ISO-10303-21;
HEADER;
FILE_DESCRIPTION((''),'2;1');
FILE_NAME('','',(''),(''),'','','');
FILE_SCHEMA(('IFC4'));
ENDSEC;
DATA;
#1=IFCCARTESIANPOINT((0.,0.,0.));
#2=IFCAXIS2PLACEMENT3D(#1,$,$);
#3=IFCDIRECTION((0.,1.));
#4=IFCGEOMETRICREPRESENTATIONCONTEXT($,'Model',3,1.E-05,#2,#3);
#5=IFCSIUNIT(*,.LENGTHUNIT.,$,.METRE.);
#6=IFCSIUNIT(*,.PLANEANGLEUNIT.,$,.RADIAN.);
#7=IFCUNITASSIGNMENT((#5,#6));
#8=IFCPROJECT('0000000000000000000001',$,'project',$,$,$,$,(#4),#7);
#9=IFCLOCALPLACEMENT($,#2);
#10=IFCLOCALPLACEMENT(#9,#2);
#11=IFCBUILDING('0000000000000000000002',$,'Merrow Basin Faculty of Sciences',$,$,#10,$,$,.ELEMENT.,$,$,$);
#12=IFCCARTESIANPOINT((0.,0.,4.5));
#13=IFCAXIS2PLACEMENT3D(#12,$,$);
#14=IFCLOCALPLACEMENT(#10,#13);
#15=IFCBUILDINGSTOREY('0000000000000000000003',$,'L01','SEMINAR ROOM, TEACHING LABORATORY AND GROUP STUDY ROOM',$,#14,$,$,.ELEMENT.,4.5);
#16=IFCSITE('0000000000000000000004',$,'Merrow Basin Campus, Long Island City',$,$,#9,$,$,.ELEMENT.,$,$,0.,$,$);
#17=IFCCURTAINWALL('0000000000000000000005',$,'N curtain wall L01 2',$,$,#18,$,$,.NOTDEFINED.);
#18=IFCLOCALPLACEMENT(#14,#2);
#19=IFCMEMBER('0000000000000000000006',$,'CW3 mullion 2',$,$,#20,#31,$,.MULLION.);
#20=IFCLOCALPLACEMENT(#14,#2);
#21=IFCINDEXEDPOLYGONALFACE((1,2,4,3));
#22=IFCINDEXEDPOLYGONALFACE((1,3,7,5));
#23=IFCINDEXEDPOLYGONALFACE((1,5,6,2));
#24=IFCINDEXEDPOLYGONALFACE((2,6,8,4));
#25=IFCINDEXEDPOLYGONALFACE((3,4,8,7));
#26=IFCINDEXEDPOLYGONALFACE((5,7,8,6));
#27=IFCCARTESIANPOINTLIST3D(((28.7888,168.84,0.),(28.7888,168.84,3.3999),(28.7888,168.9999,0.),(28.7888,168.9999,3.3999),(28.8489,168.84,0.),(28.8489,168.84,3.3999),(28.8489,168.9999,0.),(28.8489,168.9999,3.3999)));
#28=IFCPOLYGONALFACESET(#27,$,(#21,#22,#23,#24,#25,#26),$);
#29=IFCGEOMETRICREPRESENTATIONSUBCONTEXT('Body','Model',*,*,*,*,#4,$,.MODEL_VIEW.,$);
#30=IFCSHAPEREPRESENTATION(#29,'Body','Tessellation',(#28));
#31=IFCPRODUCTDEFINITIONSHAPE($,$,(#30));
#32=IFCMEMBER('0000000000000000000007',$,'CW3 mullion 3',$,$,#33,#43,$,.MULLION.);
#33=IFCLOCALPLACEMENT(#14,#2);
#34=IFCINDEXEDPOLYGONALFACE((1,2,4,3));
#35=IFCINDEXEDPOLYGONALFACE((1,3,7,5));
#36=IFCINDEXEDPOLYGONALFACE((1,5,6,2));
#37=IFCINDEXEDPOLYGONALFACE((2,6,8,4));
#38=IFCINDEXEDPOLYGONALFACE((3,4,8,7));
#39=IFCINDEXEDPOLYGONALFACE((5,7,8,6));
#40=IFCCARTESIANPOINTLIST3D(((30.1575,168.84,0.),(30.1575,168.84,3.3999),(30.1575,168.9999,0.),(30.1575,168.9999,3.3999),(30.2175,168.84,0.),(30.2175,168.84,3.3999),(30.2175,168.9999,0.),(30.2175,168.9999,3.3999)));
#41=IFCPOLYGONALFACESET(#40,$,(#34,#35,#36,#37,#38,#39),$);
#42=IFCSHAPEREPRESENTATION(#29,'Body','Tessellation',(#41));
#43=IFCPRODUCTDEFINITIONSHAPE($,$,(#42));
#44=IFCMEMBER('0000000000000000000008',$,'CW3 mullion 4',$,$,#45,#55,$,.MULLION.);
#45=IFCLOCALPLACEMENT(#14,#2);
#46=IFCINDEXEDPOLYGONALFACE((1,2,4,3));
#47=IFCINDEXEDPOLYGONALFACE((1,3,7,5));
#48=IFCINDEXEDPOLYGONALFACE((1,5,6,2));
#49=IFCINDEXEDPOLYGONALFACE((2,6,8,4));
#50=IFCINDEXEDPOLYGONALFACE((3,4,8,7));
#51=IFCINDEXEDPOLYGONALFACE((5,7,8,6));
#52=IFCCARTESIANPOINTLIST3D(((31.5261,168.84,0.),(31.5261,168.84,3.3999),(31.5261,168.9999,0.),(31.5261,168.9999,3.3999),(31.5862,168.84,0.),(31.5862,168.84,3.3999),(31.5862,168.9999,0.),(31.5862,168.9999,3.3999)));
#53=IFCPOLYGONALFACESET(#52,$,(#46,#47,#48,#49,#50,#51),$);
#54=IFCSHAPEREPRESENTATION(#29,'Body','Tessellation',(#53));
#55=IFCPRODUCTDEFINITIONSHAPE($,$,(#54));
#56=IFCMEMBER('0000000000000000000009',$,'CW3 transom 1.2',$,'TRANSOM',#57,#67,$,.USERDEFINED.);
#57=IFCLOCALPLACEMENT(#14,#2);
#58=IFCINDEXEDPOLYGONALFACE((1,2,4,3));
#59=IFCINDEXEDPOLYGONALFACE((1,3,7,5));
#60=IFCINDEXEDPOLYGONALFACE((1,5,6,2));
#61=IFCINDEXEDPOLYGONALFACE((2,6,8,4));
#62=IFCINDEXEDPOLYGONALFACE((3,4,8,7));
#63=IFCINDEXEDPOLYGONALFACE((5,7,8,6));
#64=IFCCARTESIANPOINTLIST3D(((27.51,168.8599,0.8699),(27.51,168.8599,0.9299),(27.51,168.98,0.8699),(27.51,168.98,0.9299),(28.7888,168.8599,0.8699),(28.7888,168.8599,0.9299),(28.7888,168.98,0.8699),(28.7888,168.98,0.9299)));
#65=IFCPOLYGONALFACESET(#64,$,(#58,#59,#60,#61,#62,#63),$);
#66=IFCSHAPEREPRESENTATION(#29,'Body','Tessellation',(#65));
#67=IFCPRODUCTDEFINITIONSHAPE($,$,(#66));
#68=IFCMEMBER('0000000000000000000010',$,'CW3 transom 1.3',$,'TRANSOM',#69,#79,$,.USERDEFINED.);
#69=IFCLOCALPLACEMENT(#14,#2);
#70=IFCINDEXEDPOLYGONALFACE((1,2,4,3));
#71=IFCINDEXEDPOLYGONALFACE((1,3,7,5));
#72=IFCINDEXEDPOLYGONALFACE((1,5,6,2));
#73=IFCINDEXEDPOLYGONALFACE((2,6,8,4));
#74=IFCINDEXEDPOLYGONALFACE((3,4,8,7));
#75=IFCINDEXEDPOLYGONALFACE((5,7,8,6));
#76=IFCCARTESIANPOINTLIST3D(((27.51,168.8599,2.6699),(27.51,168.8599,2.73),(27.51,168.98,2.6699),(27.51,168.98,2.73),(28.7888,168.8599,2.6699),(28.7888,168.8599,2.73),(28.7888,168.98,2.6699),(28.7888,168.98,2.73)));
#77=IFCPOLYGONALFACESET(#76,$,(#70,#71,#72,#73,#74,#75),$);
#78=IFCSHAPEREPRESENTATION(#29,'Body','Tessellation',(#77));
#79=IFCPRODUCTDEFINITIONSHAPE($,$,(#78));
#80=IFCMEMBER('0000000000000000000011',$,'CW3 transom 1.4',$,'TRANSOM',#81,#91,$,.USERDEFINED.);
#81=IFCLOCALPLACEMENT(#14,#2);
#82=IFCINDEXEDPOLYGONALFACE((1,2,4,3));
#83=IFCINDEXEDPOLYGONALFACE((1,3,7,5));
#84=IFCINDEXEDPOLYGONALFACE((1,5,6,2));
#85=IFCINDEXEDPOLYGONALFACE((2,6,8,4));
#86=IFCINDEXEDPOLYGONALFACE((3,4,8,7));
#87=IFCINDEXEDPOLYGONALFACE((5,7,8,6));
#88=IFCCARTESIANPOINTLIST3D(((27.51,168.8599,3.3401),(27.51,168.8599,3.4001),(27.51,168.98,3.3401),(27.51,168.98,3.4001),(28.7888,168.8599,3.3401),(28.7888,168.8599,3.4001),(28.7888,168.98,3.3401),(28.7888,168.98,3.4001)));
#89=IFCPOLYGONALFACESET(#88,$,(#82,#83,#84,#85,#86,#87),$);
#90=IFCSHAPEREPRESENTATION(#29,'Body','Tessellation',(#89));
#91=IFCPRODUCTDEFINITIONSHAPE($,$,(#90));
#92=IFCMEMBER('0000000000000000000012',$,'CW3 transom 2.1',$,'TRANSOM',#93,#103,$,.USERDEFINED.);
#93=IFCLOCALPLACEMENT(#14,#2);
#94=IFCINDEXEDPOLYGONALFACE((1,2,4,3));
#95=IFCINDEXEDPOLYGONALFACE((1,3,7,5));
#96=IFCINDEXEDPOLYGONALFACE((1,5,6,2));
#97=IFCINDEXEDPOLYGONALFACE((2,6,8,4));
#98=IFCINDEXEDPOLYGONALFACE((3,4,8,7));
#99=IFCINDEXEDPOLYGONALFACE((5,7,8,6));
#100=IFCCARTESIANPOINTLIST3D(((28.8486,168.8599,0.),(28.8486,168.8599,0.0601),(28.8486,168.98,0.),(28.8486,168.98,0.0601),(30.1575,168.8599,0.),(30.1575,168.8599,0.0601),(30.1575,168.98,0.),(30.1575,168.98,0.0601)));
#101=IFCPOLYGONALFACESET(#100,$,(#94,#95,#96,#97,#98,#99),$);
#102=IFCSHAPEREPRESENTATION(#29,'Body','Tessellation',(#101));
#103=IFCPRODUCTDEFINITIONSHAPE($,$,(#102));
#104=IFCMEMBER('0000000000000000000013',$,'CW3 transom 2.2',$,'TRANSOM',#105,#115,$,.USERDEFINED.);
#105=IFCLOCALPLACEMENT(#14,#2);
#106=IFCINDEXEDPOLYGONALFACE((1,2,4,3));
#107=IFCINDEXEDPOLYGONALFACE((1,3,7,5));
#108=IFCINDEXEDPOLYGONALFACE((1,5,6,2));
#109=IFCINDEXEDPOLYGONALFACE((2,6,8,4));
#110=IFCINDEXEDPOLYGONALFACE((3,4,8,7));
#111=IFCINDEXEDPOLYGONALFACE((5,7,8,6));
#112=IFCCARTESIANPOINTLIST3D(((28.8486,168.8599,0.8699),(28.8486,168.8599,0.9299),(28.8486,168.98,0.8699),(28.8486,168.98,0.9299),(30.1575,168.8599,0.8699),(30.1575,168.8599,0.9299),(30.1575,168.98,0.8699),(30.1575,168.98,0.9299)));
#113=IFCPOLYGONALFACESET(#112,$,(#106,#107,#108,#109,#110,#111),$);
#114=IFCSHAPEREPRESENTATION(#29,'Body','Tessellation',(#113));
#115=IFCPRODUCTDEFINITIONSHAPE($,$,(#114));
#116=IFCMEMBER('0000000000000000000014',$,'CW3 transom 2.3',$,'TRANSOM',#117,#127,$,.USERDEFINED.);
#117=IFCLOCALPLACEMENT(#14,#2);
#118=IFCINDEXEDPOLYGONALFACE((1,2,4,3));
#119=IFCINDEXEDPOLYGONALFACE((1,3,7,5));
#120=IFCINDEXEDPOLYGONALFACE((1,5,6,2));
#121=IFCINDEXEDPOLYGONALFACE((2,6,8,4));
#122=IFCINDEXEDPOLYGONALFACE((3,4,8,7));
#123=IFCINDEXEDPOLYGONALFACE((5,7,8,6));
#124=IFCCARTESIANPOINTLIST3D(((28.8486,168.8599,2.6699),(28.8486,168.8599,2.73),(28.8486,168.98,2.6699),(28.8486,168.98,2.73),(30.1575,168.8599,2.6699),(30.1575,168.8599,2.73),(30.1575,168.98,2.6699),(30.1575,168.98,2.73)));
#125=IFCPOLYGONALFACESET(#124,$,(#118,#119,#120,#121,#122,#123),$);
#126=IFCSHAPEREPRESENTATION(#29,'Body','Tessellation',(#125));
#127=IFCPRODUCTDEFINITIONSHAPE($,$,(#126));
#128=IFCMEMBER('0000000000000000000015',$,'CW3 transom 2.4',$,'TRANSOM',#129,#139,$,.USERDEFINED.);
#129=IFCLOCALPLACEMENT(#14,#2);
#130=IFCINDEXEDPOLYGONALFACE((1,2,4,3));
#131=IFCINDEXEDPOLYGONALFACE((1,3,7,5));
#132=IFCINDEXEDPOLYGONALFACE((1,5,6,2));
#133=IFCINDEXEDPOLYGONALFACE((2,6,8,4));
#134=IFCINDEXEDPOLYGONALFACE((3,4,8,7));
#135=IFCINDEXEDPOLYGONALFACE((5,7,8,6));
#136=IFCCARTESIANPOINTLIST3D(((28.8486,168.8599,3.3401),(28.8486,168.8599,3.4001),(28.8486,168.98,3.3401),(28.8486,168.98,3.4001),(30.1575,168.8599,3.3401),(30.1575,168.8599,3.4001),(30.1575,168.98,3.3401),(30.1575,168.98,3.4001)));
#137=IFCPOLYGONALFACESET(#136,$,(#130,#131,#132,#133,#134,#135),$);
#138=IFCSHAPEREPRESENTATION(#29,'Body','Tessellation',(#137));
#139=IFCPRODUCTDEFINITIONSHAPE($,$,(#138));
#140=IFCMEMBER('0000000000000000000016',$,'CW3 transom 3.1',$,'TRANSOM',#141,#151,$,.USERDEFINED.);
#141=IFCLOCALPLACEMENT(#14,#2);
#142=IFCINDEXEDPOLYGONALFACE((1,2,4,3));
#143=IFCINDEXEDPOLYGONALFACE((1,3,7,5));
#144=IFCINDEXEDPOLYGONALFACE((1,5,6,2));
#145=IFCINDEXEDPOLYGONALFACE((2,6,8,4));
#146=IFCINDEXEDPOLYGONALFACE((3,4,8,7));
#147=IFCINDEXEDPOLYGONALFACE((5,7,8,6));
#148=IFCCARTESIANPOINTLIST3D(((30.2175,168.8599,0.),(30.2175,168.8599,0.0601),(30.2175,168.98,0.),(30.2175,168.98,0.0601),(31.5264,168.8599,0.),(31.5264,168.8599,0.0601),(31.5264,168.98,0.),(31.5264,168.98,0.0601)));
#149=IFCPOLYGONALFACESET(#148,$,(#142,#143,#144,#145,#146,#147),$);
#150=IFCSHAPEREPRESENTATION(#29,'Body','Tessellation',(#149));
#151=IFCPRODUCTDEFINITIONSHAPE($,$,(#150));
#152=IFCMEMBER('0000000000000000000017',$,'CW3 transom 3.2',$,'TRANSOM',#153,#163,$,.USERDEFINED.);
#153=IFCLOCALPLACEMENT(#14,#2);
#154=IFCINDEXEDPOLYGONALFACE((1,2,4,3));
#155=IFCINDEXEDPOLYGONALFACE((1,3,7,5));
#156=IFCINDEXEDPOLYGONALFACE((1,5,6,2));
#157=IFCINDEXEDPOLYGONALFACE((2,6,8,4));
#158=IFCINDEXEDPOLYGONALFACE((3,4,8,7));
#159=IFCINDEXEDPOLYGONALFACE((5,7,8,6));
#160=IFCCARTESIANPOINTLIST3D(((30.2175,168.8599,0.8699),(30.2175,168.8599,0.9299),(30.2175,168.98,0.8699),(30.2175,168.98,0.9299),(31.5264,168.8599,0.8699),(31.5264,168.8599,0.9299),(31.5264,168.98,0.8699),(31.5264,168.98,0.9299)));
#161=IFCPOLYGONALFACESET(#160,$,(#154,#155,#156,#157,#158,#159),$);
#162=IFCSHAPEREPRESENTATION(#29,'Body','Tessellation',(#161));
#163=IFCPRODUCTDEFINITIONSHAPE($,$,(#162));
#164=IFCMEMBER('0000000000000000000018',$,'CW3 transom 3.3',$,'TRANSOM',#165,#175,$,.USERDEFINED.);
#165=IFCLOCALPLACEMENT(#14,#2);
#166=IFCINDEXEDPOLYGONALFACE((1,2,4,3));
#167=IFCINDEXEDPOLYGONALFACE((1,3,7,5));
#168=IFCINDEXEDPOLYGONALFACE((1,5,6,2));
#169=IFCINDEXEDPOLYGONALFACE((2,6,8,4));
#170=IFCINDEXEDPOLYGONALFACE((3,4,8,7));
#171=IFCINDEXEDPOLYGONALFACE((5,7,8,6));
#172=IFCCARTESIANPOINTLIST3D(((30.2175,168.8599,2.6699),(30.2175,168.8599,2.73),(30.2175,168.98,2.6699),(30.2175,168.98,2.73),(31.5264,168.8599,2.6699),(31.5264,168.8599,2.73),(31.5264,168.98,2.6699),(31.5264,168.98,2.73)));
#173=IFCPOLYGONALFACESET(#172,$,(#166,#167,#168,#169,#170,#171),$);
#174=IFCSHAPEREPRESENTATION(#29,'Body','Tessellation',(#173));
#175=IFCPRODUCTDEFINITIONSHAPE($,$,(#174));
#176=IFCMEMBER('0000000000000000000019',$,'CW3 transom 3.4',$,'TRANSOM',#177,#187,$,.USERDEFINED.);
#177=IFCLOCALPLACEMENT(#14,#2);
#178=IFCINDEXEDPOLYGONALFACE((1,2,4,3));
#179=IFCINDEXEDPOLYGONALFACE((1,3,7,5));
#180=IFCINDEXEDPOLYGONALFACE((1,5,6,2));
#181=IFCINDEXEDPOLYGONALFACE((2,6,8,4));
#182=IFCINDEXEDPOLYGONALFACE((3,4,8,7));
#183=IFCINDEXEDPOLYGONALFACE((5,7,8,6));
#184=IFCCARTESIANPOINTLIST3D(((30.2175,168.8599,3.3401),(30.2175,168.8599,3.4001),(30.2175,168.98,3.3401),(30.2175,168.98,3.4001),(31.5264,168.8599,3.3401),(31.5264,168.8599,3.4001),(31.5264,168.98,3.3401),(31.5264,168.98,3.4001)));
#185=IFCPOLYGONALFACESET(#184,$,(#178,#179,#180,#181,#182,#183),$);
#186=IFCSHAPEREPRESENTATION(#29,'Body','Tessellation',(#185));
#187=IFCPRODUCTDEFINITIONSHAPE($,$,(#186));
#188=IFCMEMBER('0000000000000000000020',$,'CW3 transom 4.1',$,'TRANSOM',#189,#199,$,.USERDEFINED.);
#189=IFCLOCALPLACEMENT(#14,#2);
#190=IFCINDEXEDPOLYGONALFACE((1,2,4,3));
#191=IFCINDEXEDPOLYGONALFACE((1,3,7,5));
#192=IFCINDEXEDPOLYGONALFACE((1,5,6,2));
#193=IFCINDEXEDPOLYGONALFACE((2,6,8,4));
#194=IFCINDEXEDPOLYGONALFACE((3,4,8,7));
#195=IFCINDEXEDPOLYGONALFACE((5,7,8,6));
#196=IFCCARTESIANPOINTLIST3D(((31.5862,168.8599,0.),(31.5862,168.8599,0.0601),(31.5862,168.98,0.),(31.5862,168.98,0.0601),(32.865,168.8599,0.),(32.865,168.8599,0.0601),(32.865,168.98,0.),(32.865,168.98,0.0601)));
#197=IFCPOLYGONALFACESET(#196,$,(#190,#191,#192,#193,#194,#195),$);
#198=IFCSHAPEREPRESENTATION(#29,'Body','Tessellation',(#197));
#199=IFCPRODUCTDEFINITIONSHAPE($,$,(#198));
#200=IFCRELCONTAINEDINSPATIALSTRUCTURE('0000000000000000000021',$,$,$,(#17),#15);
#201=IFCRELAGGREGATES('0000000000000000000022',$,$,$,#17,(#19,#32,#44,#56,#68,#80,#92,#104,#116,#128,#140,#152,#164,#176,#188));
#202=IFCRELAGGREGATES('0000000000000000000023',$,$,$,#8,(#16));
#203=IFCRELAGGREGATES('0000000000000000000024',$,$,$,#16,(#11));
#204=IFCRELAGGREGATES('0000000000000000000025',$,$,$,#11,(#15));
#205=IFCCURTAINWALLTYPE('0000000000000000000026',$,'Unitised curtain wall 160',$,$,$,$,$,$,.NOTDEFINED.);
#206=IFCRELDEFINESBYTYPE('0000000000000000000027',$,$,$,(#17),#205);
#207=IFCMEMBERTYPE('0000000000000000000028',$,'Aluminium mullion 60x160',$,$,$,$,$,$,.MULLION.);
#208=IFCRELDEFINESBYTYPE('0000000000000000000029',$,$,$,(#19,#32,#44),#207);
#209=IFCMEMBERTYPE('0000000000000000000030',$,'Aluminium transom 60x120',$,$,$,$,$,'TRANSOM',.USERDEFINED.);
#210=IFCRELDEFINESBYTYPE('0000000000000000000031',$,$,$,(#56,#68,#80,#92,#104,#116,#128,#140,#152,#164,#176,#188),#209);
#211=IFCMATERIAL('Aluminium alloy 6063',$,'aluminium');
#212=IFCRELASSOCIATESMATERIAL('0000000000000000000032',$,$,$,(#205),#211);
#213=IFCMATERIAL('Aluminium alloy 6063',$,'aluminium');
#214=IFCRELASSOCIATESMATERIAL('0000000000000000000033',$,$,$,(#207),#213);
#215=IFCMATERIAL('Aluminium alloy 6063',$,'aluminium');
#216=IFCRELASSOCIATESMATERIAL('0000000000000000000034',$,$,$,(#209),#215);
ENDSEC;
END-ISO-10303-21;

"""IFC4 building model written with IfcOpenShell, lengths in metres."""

from ifc_helpers import new_model, si_unit, direction, frame, origin, origin_2d, place, context, subcontext, project, spatial, rectangle, extrude, material, material_profile, profile_set, type_object, element, aggregate, save


model = new_model("IFC4")

# Units and contexts
model_context = context("Model", 3, precision=1e-05, world=origin(), true_north=direction((0.0, 1.0)))
body_context = subcontext(model_context, "Body", "Model", "MODEL_VIEW")
ifc_project = project(units=[si_unit("LENGTHUNIT", "METRE"), si_unit("PLANEANGLEUNIT", "RADIAN")], contexts=[model_context])

# Site, building, storey
site_placement = place(None, origin())
site = spatial("IfcSite", under=ifc_project, at=site_placement, Name="Merrow Basin Campus, Long Island City", CompositionType="ELEMENT", RefElevation=0.0)
building_placement = place(site_placement, origin())
building = spatial("IfcBuilding", under=site, at=building_placement, Name="Merrow Basin Faculty of Sciences", CompositionType="ELEMENT")
storey_placement = place(building_placement, frame((0.0, 0.0, 4.5)))
storey = spatial("IfcBuildingStorey", under=building, at=storey_placement, Name="L01", Description="SEMINAR ROOM, TEACHING LABORATORY AND GROUP STUDY ROOM", CompositionType="ELEMENT", Elevation=4.5)

# Curtain wall, members
ifc_material_1 = material(Name="Aluminium alloy 6063", Category="aluminium")
curtain_wall_type = type_object("IfcCurtainWallType", Name="Unitised curtain wall 160", PredefinedType="NOTDEFINED", material=ifc_material_1)
curtain_wall_placement = place(storey_placement, origin())
curtain_wall = element("IfcCurtainWall", 1, at=curtain_wall_placement, inside=storey, type_object=curtain_wall_type, Name="N curtain wall L01 2", PredefinedType="NOTDEFINED")
ifc_material_2 = material(Name="Aluminium alloy 6063", Category="aluminium")
ifc_material_profile_1 = material_profile(ifc_material_2, rectangle(XDim=0.1599, YDim=0.0601, at=origin_2d()))
ifc_profile_set_1 = profile_set([ifc_material_profile_1], Name="Aluminium alloy 6063")
member_type_1 = type_object("IfcMemberType", Name="Aluminium mullion 60x160", PredefinedType="MULLION", material=ifc_profile_set_1)
member_1_placement = place(storey_placement, frame((28.8188, 168.9199, 0.0), z_axis=(0.0, 0.0, 1.0), x_axis=(0.0, 1.0, 0.0)))
member_1 = element("IfcMember", 2, at=member_1_placement, type_object=member_type_1, Name="CW3 mullion 2", PredefinedType="MULLION", context=body_context, shape_type="SweptSolid", body=[
    extrude(rectangle(XDim=0.1599, YDim=0.0601, at=origin_2d()), origin(), (0.0, 0.0, 1.0), 3.3999),
])
member_2_placement = place(storey_placement, frame((30.1875, 168.9199, 0.0), z_axis=(0.0, 0.0, 1.0), x_axis=(0.0, 1.0, 0.0)))
member_2 = element("IfcMember", 3, at=member_2_placement, type_object=member_type_1, Name="CW3 mullion 3", PredefinedType="MULLION", context=body_context, shape_type="SweptSolid", body=[
    extrude(rectangle(XDim=0.1599, YDim=0.0601, at=origin_2d()), origin(), (0.0, 0.0, 1.0), 3.3999),
])
member_3_placement = place(storey_placement, frame((31.5562, 168.9199, 0.0), z_axis=(0.0, 0.0, 1.0), x_axis=(0.0, 1.0, 0.0)))
member_3 = element("IfcMember", 4, at=member_3_placement, type_object=member_type_1, Name="CW3 mullion 4", PredefinedType="MULLION", context=body_context, shape_type="SweptSolid", body=[
    extrude(rectangle(XDim=0.1599, YDim=0.0601, at=origin_2d()), origin(), (0.0, 0.0, 1.0), 3.3999),
])
ifc_material_3 = material(Name="Aluminium alloy 6063", Category="aluminium")
ifc_material_profile_2 = material_profile(ifc_material_3, rectangle(XDim=0.1201, YDim=0.0601, at=origin_2d()))
ifc_profile_set_2 = profile_set([ifc_material_profile_2], Name="Aluminium alloy 6063")
member_type_2 = type_object("IfcMemberType", Name="Aluminium transom 60x120", ElementType="TRANSOM", PredefinedType="USERDEFINED", material=ifc_profile_set_2)
member_4_placement = place(storey_placement, frame((27.51, 168.9199, 0.8999), z_axis=(1.0, 0.0, 0.0), x_axis=(0.0, 1.0, 0.0)))
member_4 = element("IfcMember", 5, at=member_4_placement, type_object=member_type_2, Name="CW3 transom 1.2", ObjectType="TRANSOM", PredefinedType="USERDEFINED", context=body_context, shape_type="SweptSolid", body=[
    extrude(rectangle(XDim=0.1201, YDim=0.0601, at=origin_2d()), origin(), (0.0, 0.0, 1.0), 1.2788),
])
member_5_placement = place(storey_placement, frame((27.51, 168.9199, 2.7), z_axis=(1.0, 0.0, 0.0), x_axis=(0.0, 1.0, 0.0)))
member_5 = element("IfcMember", 6, at=member_5_placement, type_object=member_type_2, Name="CW3 transom 1.3", ObjectType="TRANSOM", PredefinedType="USERDEFINED", context=body_context, shape_type="SweptSolid", body=[
    extrude(rectangle(XDim=0.1201, YDim=0.0601, at=origin_2d()), origin(), (0.0, 0.0, 1.0), 1.2788),
])
member_6_placement = place(storey_placement, frame((27.51, 168.9199, 3.3701), z_axis=(1.0, 0.0, 0.0), x_axis=(0.0, 1.0, 0.0)))
member_6 = element("IfcMember", 7, at=member_6_placement, type_object=member_type_2, Name="CW3 transom 1.4", ObjectType="TRANSOM", PredefinedType="USERDEFINED", context=body_context, shape_type="SweptSolid", body=[
    extrude(rectangle(XDim=0.1201, YDim=0.0601, at=origin_2d()), origin(), (0.0, 0.0, 1.0), 1.2788),
])
member_7_placement = place(storey_placement, frame((28.8486, 168.9199, 0.03), z_axis=(1.0, 0.0, 0.0), x_axis=(0.0, 1.0, 0.0)))
member_7 = element("IfcMember", 8, at=member_7_placement, type_object=member_type_2, Name="CW3 transom 2.1", ObjectType="TRANSOM", PredefinedType="USERDEFINED", context=body_context, shape_type="SweptSolid", body=[
    extrude(rectangle(XDim=0.1201, YDim=0.0601, at=origin_2d()), origin(), (0.0, 0.0, 1.0), 1.3088),
])
member_8_placement = place(storey_placement, frame((28.8486, 168.9199, 0.8999), z_axis=(1.0, 0.0, 0.0), x_axis=(0.0, 1.0, 0.0)))
member_8 = element("IfcMember", 9, at=member_8_placement, type_object=member_type_2, Name="CW3 transom 2.2", ObjectType="TRANSOM", PredefinedType="USERDEFINED", context=body_context, shape_type="SweptSolid", body=[
    extrude(rectangle(XDim=0.1201, YDim=0.0601, at=origin_2d()), origin(), (0.0, 0.0, 1.0), 1.3088),
])
member_9_placement = place(storey_placement, frame((28.8486, 168.9199, 2.7), z_axis=(1.0, 0.0, 0.0), x_axis=(0.0, 1.0, 0.0)))
member_9 = element("IfcMember", 10, at=member_9_placement, type_object=member_type_2, Name="CW3 transom 2.3", ObjectType="TRANSOM", PredefinedType="USERDEFINED", context=body_context, shape_type="SweptSolid", body=[
    extrude(rectangle(XDim=0.1201, YDim=0.0601, at=origin_2d()), origin(), (0.0, 0.0, 1.0), 1.3088),
])
member_10_placement = place(storey_placement, frame((28.8486, 168.9199, 3.3701), z_axis=(1.0, 0.0, 0.0), x_axis=(0.0, 1.0, 0.0)))
member_10 = element("IfcMember", 11, at=member_10_placement, type_object=member_type_2, Name="CW3 transom 2.4", ObjectType="TRANSOM", PredefinedType="USERDEFINED", context=body_context, shape_type="SweptSolid", body=[
    extrude(rectangle(XDim=0.1201, YDim=0.0601, at=origin_2d()), origin(), (0.0, 0.0, 1.0), 1.3088),
])
member_11_placement = place(storey_placement, frame((30.2175, 168.9199, 0.03), z_axis=(1.0, 0.0, 0.0), x_axis=(0.0, 1.0, 0.0)))
member_11 = element("IfcMember", 12, at=member_11_placement, type_object=member_type_2, Name="CW3 transom 3.1", ObjectType="TRANSOM", PredefinedType="USERDEFINED", context=body_context, shape_type="SweptSolid", body=[
    extrude(rectangle(XDim=0.1201, YDim=0.0601, at=origin_2d()), origin(), (0.0, 0.0, 1.0), 1.3088),
])
member_12_placement = place(storey_placement, frame((30.2175, 168.9199, 0.8999), z_axis=(1.0, 0.0, 0.0), x_axis=(0.0, 1.0, 0.0)))
member_12 = element("IfcMember", 13, at=member_12_placement, type_object=member_type_2, Name="CW3 transom 3.2", ObjectType="TRANSOM", PredefinedType="USERDEFINED", context=body_context, shape_type="SweptSolid", body=[
    extrude(rectangle(XDim=0.1201, YDim=0.0601, at=origin_2d()), origin(), (0.0, 0.0, 1.0), 1.3088),
])
member_13_placement = place(storey_placement, frame((30.2175, 168.9199, 2.7), z_axis=(1.0, 0.0, 0.0), x_axis=(0.0, 1.0, 0.0)))
member_13 = element("IfcMember", 14, at=member_13_placement, type_object=member_type_2, Name="CW3 transom 3.3", ObjectType="TRANSOM", PredefinedType="USERDEFINED", context=body_context, shape_type="SweptSolid", body=[
    extrude(rectangle(XDim=0.1201, YDim=0.0601, at=origin_2d()), origin(), (0.0, 0.0, 1.0), 1.3088),
])
member_14_placement = place(storey_placement, frame((30.2175, 168.9199, 3.3701), z_axis=(1.0, 0.0, 0.0), x_axis=(0.0, 1.0, 0.0)))
member_14 = element("IfcMember", 15, at=member_14_placement, type_object=member_type_2, Name="CW3 transom 3.4", ObjectType="TRANSOM", PredefinedType="USERDEFINED", context=body_context, shape_type="SweptSolid", body=[
    extrude(rectangle(XDim=0.1201, YDim=0.0601, at=origin_2d()), origin(), (0.0, 0.0, 1.0), 1.3088),
])
member_15_placement = place(storey_placement, frame((31.5862, 168.9199, 0.03), z_axis=(1.0, 0.0, 0.0), x_axis=(0.0, 1.0, 0.0)))
member_15 = element("IfcMember", 16, at=member_15_placement, type_object=member_type_2, Name="CW3 transom 4.1", ObjectType="TRANSOM", PredefinedType="USERDEFINED", context=body_context, shape_type="SweptSolid", body=[
    extrude(rectangle(XDim=0.1201, YDim=0.0601, at=origin_2d()), origin(), (0.0, 0.0, 1.0), 1.2788),
])
aggregate(curtain_wall, [member_1, member_2, member_3, member_4, member_5, member_6, member_7, member_8, member_9, member_10, member_11, member_12, member_13, member_14, member_15])

save(model, "model.ifc")
